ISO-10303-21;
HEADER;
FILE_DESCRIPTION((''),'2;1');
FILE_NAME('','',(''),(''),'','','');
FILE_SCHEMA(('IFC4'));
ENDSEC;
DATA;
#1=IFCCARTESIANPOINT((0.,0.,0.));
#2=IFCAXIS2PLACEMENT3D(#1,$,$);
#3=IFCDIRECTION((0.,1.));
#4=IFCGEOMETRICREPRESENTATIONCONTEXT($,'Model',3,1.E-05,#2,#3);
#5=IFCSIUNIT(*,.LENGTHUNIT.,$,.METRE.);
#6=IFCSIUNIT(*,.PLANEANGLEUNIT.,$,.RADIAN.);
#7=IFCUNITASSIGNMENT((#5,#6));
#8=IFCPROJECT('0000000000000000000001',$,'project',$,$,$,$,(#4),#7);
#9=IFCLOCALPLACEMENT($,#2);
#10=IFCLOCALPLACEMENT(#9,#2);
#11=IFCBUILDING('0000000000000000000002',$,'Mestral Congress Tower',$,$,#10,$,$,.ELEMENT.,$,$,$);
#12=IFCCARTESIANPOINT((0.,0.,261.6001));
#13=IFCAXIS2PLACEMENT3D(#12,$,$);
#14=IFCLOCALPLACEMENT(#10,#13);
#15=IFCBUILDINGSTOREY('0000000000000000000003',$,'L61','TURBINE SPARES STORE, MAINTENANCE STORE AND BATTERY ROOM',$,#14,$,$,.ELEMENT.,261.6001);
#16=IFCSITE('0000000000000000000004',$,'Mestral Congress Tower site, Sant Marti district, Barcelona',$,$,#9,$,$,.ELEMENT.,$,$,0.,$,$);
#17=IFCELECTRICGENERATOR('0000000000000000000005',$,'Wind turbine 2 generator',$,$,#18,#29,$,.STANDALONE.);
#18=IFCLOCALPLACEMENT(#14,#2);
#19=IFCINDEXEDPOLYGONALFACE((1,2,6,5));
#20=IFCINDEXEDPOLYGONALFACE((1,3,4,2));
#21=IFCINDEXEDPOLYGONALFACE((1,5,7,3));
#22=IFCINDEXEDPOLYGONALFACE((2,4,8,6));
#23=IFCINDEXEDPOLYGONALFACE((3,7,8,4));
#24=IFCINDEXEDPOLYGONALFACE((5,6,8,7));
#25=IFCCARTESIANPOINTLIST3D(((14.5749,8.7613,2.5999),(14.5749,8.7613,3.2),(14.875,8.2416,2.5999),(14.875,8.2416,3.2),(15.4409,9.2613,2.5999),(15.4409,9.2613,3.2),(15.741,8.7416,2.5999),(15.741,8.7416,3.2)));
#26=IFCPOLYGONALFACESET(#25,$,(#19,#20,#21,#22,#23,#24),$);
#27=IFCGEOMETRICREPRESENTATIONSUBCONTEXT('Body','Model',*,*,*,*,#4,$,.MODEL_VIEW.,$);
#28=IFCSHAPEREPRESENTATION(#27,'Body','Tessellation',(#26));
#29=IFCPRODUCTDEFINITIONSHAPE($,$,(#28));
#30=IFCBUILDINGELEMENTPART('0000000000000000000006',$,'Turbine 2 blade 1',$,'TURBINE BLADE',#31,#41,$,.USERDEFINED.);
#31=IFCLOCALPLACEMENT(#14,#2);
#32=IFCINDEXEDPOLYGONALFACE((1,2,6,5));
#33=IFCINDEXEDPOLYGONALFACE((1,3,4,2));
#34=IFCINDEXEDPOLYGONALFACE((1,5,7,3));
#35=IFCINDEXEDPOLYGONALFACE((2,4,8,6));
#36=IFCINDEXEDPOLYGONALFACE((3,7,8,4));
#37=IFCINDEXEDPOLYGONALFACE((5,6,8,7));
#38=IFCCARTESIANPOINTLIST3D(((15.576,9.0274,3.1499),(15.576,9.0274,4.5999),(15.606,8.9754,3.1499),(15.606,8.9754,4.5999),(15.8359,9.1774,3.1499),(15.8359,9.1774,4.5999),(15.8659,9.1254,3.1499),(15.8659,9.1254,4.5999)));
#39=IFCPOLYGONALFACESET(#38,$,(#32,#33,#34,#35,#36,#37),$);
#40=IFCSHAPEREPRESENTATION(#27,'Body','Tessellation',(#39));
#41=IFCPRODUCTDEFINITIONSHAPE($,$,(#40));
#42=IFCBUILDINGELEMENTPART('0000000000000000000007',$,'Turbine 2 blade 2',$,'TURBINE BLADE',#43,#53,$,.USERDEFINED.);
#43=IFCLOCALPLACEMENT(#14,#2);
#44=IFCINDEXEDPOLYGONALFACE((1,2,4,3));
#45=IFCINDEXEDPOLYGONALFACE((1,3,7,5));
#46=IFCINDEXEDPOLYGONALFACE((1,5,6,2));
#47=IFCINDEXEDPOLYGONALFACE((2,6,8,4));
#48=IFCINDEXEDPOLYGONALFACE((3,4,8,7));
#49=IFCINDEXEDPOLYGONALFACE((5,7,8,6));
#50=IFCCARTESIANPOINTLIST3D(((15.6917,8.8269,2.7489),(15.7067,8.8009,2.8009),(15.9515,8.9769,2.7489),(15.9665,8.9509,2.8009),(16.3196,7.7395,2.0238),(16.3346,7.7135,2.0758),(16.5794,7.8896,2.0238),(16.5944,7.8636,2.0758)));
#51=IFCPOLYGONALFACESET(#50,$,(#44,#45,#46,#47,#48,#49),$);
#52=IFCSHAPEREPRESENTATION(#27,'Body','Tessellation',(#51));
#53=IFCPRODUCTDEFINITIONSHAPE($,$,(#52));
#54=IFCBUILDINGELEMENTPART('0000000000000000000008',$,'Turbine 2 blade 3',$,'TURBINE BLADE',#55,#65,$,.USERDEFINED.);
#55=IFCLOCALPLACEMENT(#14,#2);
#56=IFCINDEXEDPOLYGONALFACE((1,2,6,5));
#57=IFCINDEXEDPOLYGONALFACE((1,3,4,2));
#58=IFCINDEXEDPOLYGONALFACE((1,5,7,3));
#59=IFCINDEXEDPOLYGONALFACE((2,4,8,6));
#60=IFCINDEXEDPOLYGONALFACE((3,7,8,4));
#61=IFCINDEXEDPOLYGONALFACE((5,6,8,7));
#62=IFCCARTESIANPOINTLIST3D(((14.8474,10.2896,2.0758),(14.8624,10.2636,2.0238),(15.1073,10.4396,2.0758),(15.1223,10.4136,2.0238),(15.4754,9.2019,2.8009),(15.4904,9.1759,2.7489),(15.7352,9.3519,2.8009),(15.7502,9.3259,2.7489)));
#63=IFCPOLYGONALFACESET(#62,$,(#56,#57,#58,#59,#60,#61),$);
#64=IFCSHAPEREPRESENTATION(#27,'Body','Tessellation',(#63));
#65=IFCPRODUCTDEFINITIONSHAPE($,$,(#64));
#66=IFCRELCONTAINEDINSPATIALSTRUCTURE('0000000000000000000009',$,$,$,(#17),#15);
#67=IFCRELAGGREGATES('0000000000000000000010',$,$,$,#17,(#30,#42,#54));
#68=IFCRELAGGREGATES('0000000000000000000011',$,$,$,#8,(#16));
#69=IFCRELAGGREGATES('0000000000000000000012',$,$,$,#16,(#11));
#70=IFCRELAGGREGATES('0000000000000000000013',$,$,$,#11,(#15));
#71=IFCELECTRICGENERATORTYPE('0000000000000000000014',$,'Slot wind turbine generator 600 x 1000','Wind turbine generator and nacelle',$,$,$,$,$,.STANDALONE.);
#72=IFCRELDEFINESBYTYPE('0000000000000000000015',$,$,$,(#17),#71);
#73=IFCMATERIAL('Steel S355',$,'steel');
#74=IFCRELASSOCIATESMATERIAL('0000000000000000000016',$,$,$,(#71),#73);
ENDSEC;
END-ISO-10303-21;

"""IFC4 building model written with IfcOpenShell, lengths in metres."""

from ifc_helpers import new_model, si_unit, direction, frame, origin, origin_2d, place, context, subcontext, project, spatial, rectangle, extrude, material, type_object, element, aggregate, save


model = new_model("IFC4")

# Units and contexts
model_context = context("Model", 3, precision=1e-05, world=origin(), true_north=direction((0.0, 1.0)))
body_context = subcontext(model_context, "Body", "Model", "MODEL_VIEW")
ifc_project = project(units=[si_unit("LENGTHUNIT", "METRE"), si_unit("PLANEANGLEUNIT", "RADIAN")], contexts=[model_context])

# Site, building, storey
site_placement = place(None, origin())
site = spatial("IfcSite", under=ifc_project, at=site_placement, Name="Mestral Congress Tower site, Sant Marti district, Barcelona", CompositionType="ELEMENT", RefElevation=0.0)
building_placement = place(site_placement, origin())
building = spatial("IfcBuilding", under=site, at=building_placement, Name="Mestral Congress Tower", CompositionType="ELEMENT")
storey_placement = place(building_placement, frame((0.0, 0.0, 261.6001)))
storey = spatial("IfcBuildingStorey", under=building, at=storey_placement, Name="L61", Description="TURBINE SPARES STORE, MAINTENANCE STORE AND BATTERY ROOM", CompositionType="ELEMENT", Elevation=261.6001)

# Shared definitions
ifc_material_1 = material(Name="Steel S355", Category="steel")

# Electric generator, building element parts
electric_generator_type = type_object("IfcElectricGeneratorType", Name="Slot wind turbine generator 600 x 1000", Description="Wind turbine generator and nacelle", PredefinedType="STANDALONE", material=ifc_material_1)
electric_generator_placement = place(storey_placement, frame((15.158, 8.7515, 2.5999), z_axis=(0.0, 0.0, 1.0), x_axis=(-0.5, 0.866025, 0.0)))
electric_generator = element("IfcElectricGenerator", 1, at=electric_generator_placement, inside=storey, type_object=electric_generator_type, Name="Wind turbine 2 generator", PredefinedType="STANDALONE", context=body_context, shape_type="SweptSolid", body=[
    extrude(rectangle(XDim=0.6001, YDim=1.0, at=origin_2d()), origin(), (0.0, 0.0, 1.0), 0.6001),
])
building_element_part_1_placement = place(storey_placement, frame((15.7209, 9.0764, 3.1499), z_axis=(0.0, 0.0, 1.0), x_axis=(0.866025, 0.5, 0.0)))
building_element_part_1 = element("IfcBuildingElementPart", 2, at=building_element_part_1_placement, Name="Turbine 2 blade 1", ObjectType="TURBINE BLADE", PredefinedType="USERDEFINED", context=body_context, shape_type="SweptSolid", body=[
    extrude(rectangle(XDim=0.3, YDim=0.0601, at=origin_2d()), origin(), (0.0, 0.0, 1.0), 1.45),
])
building_element_part_2_placement = place(storey_placement, frame((15.8291, 8.8889, 2.7749), z_axis=(0.433054, -0.749932, -0.500067), x_axis=(0.865985, 0.50007, 0.0)))
building_element_part_2 = element("IfcBuildingElementPart", 3, at=building_element_part_2_placement, Name="Turbine 2 blade 2", ObjectType="TURBINE BLADE", PredefinedType="USERDEFINED", context=body_context, shape_type="SweptSolid", body=[
    extrude(rectangle(XDim=0.3, YDim=0.0601, at=origin_2d()), origin(), (0.0, 0.0, 1.0), 1.45),
])
building_element_part_3_placement = place(storey_placement, frame((15.6128, 9.2639, 2.7749), z_axis=(-0.433, 0.750005, -0.500003), x_axis=(-0.866033, -0.499986, 0.0)))
building_element_part_3 = element("IfcBuildingElementPart", 4, at=building_element_part_3_placement, Name="Turbine 2 blade 3", ObjectType="TURBINE BLADE", PredefinedType="USERDEFINED", context=body_context, shape_type="SweptSolid", body=[
    extrude(rectangle(XDim=0.3, YDim=0.0601, at=origin_2d()), origin(), (0.0, 0.0, 1.0), 1.4502),
])
aggregate(electric_generator, [building_element_part_1, building_element_part_2, building_element_part_3])

save(model, "model.ifc")
